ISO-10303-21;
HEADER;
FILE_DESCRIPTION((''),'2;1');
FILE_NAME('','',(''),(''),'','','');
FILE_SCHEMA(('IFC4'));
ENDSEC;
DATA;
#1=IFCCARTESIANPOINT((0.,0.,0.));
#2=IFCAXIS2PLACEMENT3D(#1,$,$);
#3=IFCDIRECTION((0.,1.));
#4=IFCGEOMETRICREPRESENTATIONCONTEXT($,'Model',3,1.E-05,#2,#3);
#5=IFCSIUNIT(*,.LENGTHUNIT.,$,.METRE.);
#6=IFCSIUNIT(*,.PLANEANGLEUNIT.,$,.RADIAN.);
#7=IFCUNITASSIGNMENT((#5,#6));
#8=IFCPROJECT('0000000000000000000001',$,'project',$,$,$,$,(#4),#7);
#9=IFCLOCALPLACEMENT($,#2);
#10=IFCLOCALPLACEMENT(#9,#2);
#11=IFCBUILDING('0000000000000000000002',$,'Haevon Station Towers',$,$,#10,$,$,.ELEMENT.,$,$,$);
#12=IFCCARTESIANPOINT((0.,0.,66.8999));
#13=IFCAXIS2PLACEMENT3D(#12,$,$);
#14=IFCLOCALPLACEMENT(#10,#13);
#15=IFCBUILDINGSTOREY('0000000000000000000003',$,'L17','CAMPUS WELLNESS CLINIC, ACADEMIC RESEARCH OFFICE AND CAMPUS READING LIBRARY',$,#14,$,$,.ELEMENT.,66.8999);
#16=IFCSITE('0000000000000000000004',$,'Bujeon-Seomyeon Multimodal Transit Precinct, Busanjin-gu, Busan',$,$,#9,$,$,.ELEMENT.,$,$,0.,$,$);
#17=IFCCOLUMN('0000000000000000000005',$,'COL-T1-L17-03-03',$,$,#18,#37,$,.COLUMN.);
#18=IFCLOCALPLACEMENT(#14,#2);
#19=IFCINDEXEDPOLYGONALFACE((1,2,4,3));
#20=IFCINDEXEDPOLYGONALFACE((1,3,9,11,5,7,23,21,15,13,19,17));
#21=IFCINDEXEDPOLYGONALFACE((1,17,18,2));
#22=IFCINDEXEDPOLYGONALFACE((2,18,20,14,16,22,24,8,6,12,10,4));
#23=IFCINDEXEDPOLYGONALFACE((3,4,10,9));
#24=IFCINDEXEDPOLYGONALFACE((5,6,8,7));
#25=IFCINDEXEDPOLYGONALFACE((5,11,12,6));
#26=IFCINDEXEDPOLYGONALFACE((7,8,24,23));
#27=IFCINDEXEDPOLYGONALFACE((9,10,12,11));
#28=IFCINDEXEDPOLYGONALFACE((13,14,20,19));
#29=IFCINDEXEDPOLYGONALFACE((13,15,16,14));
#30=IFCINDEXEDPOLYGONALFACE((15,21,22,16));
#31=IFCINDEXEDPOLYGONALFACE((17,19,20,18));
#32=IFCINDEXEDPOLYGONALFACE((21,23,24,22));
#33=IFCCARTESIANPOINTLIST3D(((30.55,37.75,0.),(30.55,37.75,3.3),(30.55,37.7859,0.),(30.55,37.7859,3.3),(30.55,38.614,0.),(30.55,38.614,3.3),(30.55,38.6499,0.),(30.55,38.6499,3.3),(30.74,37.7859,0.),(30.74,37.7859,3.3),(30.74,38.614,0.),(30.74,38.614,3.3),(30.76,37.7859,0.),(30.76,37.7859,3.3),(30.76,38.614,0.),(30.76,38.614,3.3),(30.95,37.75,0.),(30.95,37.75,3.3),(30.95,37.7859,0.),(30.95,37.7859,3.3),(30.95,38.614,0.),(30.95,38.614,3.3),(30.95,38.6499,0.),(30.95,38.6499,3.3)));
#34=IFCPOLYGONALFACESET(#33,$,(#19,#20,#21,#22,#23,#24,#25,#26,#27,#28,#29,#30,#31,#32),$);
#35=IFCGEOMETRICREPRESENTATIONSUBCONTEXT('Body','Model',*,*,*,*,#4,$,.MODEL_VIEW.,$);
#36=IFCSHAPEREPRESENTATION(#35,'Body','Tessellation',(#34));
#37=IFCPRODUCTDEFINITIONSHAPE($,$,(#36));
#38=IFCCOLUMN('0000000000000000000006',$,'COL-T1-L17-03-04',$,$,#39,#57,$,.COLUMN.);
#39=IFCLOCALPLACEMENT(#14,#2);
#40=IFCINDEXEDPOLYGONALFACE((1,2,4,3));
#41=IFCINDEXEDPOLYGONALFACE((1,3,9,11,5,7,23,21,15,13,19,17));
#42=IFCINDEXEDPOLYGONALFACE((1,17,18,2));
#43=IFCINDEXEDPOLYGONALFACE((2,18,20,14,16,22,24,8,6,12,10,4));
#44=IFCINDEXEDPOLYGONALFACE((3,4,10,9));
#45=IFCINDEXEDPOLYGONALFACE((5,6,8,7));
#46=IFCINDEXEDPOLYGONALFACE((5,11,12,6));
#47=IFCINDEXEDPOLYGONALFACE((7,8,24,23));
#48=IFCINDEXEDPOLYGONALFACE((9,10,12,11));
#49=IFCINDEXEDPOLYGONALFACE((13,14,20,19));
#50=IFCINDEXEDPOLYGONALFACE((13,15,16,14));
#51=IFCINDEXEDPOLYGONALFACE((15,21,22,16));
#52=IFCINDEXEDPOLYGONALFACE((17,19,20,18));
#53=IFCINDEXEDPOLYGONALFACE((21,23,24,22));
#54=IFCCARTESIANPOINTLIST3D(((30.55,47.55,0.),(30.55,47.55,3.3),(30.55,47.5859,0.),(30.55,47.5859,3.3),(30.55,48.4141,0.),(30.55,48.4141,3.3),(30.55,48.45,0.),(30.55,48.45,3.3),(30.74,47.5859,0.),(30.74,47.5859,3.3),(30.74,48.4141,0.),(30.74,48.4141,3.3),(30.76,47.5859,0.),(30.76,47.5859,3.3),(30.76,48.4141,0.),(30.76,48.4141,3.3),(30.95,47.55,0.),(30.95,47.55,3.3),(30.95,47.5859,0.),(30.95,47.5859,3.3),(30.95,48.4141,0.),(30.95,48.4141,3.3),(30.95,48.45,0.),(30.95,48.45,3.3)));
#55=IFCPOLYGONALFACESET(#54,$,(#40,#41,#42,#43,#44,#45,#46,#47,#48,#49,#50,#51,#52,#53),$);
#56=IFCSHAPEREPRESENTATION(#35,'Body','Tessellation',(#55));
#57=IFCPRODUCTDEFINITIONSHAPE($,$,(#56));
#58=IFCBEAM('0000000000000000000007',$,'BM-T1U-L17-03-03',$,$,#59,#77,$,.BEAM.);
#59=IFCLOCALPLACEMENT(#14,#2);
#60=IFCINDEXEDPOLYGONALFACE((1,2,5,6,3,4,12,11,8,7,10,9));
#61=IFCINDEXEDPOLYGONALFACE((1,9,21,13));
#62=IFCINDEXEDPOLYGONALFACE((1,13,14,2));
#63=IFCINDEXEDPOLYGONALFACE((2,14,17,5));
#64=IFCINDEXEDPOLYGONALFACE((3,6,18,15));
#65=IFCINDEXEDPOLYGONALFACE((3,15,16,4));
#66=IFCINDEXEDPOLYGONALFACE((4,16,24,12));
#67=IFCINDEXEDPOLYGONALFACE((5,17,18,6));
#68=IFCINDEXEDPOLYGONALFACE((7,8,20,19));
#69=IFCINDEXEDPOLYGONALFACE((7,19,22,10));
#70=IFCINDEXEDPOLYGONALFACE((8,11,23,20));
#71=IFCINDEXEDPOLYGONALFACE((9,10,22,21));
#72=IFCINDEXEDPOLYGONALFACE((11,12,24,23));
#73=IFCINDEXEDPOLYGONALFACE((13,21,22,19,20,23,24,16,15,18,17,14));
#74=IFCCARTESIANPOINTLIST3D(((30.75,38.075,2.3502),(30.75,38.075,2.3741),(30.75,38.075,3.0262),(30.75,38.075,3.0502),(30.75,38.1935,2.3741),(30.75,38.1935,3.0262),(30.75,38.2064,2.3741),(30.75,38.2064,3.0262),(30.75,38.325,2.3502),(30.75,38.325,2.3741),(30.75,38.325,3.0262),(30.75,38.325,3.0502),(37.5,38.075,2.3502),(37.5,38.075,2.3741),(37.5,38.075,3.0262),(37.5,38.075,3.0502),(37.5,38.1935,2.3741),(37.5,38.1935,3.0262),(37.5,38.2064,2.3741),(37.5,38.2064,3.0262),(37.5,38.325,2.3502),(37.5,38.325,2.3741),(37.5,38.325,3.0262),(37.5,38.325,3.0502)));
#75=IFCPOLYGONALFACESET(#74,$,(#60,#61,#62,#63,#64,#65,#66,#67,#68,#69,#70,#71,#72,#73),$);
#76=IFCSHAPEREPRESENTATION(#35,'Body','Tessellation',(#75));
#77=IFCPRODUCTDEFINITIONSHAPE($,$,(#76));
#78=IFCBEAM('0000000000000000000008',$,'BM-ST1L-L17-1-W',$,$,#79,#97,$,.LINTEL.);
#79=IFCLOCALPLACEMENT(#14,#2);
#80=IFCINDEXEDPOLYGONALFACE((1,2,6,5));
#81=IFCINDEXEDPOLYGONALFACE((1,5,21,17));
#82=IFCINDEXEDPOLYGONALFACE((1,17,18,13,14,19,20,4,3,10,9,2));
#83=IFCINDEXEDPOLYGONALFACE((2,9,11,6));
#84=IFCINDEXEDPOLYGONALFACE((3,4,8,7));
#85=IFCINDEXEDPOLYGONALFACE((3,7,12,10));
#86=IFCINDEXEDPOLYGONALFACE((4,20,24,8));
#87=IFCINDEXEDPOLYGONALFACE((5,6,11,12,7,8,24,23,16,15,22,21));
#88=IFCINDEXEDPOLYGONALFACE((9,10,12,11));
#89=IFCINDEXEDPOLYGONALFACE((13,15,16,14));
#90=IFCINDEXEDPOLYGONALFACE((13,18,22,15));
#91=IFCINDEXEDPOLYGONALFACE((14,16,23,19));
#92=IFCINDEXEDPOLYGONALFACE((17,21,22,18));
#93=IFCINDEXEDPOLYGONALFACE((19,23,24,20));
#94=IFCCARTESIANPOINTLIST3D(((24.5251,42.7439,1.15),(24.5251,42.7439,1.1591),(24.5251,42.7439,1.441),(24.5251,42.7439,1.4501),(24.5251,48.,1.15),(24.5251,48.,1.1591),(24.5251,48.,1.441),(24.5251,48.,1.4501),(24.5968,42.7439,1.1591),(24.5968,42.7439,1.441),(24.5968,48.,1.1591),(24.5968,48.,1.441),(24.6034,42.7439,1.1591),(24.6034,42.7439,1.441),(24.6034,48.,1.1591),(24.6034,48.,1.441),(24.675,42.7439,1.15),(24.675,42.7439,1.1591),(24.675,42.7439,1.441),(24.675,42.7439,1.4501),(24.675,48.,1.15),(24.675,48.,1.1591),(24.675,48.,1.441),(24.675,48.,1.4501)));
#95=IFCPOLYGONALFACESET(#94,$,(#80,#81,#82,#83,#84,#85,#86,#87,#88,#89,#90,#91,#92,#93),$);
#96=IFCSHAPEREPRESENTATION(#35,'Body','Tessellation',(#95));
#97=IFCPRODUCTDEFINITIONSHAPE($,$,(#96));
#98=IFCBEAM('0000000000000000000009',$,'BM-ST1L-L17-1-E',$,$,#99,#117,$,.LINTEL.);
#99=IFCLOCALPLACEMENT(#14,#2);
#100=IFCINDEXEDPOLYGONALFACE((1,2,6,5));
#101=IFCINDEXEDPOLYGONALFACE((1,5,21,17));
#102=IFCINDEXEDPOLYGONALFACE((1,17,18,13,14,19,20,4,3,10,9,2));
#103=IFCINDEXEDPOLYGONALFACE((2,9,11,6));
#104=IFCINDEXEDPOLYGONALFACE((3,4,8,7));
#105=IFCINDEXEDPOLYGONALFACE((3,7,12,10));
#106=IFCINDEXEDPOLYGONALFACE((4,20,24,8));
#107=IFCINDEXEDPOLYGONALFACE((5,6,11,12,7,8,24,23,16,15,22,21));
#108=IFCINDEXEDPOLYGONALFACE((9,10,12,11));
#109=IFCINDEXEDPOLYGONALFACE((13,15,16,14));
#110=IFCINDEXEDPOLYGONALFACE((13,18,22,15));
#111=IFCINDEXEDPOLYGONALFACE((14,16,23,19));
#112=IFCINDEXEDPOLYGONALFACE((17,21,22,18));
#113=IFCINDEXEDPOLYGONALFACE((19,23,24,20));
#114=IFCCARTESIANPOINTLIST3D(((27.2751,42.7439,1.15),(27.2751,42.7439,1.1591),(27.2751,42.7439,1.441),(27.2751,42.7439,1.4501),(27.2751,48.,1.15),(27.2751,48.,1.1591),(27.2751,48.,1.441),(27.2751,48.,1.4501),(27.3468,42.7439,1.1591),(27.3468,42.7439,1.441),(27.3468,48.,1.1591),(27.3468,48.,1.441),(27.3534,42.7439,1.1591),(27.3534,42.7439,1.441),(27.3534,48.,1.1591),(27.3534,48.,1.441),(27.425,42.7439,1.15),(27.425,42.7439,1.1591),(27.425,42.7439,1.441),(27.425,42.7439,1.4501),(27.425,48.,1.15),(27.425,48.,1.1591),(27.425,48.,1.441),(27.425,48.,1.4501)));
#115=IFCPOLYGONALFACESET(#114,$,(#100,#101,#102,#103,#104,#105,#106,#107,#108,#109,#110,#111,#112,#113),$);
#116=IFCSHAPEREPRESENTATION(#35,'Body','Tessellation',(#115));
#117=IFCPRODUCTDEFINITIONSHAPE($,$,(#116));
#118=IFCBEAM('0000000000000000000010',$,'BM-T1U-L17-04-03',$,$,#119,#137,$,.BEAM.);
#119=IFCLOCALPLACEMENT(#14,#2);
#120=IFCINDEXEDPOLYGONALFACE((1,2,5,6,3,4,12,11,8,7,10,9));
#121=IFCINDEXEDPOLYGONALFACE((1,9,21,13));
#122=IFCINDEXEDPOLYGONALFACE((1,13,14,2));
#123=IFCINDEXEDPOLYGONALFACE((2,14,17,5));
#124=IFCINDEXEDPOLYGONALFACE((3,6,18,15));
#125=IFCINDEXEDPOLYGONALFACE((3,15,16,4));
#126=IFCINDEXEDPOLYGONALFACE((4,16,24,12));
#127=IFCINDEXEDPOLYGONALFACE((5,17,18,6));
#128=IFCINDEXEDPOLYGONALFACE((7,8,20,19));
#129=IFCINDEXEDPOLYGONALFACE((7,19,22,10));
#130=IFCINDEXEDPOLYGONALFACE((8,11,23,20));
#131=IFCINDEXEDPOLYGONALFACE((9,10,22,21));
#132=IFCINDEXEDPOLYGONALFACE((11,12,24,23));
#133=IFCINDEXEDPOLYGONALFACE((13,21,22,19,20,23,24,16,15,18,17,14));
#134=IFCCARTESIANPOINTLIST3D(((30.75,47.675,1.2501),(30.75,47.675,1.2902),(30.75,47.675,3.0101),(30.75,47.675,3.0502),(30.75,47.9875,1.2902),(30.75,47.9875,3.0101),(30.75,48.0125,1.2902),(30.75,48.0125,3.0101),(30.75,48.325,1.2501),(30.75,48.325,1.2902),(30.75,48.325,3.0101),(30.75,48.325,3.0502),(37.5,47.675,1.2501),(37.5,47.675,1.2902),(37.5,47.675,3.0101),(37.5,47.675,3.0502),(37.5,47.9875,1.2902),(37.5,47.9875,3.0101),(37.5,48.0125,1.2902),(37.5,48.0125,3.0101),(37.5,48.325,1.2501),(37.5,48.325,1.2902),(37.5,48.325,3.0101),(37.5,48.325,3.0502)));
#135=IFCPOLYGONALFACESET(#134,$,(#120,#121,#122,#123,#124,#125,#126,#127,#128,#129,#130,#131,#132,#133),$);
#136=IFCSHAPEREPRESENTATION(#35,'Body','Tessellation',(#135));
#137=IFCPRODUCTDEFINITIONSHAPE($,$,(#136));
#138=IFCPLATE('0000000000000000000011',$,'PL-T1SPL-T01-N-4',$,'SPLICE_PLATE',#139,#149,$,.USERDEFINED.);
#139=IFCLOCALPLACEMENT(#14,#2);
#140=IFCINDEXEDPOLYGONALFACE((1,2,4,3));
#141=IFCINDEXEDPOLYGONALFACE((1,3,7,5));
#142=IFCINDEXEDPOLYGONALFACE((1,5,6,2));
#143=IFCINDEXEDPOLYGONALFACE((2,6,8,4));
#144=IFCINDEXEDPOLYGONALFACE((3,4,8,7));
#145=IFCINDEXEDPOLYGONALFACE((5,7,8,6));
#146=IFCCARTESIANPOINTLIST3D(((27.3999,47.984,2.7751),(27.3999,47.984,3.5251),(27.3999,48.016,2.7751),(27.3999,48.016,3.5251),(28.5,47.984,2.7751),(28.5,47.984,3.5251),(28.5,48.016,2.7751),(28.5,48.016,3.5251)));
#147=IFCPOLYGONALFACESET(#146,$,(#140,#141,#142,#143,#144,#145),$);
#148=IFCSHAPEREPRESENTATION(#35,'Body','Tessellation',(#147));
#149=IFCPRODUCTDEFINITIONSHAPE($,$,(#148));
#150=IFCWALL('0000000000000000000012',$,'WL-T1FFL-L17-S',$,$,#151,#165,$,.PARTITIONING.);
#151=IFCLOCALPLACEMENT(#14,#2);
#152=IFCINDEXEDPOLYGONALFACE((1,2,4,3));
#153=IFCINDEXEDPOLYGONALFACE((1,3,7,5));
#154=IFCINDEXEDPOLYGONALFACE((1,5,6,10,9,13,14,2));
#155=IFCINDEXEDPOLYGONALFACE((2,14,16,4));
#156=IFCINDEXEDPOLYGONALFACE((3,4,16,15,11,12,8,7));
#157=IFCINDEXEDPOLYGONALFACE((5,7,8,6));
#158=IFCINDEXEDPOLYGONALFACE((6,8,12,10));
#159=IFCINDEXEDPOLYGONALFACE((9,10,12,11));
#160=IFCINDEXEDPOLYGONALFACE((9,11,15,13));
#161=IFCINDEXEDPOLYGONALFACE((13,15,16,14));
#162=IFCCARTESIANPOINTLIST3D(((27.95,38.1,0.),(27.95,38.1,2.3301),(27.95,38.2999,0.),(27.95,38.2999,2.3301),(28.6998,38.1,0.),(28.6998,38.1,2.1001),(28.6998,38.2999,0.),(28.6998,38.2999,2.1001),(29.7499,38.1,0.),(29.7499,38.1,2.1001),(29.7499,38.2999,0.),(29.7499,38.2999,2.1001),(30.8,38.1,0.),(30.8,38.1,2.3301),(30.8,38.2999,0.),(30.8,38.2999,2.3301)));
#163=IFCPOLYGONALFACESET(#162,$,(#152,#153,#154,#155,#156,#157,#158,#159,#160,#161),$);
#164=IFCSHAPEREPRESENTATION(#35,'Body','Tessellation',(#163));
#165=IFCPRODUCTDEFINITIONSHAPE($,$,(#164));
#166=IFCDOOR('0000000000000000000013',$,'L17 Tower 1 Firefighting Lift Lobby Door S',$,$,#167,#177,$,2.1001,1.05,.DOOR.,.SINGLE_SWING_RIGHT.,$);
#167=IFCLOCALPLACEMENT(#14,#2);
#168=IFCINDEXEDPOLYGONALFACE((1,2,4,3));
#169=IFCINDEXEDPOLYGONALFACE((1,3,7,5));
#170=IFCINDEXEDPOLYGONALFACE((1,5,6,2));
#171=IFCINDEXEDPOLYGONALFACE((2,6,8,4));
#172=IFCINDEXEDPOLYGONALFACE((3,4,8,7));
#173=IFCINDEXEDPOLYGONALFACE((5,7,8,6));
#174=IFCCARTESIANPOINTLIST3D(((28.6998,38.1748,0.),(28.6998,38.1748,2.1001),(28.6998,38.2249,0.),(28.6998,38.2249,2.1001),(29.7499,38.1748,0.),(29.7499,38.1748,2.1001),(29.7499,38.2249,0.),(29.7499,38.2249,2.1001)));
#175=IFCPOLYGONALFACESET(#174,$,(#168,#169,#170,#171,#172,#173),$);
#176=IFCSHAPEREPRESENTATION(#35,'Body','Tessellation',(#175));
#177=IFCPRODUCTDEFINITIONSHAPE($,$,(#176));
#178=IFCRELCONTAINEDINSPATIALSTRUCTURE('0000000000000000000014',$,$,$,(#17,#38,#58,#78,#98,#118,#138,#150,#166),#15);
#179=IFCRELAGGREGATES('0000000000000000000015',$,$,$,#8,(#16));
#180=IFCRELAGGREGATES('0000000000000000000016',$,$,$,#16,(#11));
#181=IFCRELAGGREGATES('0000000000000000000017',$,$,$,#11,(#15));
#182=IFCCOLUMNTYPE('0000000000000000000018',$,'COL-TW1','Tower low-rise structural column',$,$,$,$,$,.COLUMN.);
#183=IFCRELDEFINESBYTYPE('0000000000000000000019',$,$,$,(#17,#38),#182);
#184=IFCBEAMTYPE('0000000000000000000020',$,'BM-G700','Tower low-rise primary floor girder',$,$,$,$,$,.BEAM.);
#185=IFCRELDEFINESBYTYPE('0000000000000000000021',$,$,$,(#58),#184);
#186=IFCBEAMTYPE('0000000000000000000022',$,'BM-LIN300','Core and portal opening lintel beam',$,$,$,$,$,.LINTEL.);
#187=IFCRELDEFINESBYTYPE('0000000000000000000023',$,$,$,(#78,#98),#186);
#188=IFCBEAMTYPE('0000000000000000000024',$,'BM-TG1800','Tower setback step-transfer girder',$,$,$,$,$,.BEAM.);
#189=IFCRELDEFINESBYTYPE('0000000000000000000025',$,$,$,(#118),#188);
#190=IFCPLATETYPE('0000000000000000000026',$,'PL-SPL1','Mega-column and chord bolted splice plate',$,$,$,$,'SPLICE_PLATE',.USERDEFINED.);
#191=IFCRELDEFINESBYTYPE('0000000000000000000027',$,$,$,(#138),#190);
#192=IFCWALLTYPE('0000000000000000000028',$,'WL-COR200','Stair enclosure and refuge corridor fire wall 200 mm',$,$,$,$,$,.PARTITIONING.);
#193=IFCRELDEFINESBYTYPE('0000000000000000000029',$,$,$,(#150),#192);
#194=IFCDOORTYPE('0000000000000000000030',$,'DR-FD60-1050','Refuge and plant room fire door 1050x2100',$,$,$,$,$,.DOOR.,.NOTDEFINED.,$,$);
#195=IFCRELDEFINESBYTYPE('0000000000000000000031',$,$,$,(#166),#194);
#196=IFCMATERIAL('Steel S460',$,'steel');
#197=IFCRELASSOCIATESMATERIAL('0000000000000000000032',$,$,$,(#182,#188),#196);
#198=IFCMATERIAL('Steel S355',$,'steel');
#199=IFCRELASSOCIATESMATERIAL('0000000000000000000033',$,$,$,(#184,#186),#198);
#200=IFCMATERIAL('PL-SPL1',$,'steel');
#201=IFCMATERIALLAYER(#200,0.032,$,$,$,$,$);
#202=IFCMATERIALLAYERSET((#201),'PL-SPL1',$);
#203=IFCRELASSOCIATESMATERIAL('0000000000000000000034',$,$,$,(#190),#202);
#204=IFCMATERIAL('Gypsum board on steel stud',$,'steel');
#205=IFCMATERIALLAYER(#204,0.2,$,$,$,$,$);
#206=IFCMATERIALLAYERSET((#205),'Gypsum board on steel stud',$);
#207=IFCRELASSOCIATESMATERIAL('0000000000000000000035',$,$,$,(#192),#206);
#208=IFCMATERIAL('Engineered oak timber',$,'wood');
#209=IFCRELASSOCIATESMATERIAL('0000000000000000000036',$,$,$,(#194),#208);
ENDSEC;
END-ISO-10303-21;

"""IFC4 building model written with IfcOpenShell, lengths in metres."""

from ifc_helpers import new_model, si_unit, direction, frame, frame_2d, origin, origin_2d, place, context, subcontext, project, spatial, rectangle, i_section, extrude, material, layer, layer_set, material_profile, profile_set, type_object, element, fill, save


model = new_model("IFC4")

# Units and contexts
model_context = context("Model", 3, precision=1e-05, world=origin(), true_north=direction((0.0, 1.0)))
body_context = subcontext(model_context, "Body", "Model", "MODEL_VIEW")
ifc_project = project(units=[si_unit("LENGTHUNIT", "METRE"), si_unit("PLANEANGLEUNIT", "RADIAN")], contexts=[model_context])

# Site, building, storey
site_placement = place(None, origin())
site = spatial("IfcSite", under=ifc_project, at=site_placement, Name="Bujeon-Seomyeon Multimodal Transit Precinct, Busanjin-gu, Busan", CompositionType="ELEMENT", RefElevation=0.0)
building_placement = place(site_placement, origin())
building = spatial("IfcBuilding", under=site, at=building_placement, Name="Haevon Station Towers", CompositionType="ELEMENT")
storey_placement = place(building_placement, frame((0.0, 0.0, 66.8999)))
storey = spatial("IfcBuildingStorey", under=building, at=storey_placement, Name="L17", Description="CAMPUS WELLNESS CLINIC, ACADEMIC RESEARCH OFFICE AND CAMPUS READING LIBRARY", CompositionType="ELEMENT", Elevation=66.8999)

# Columns
ifc_material_1 = material(Name="Steel S460", Category="steel")
ifc_material_profile_1 = material_profile(ifc_material_1, i_section(OverallWidth=0.3999, OverallDepth=0.8999, WebThickness=0.02, FlangeThickness=0.0359, at=origin_2d()), Name="H-900x400x20x36")
ifc_profile_set_1 = profile_set([ifc_material_profile_1], Name="Steel S460")
column_type = type_object("IfcColumnType", Name="COL-TW1", Description="Tower low-rise structural column", PredefinedType="COLUMN", material=ifc_profile_set_1)
for number, where, z_axis, x_axis, name in (
    (1, (30.75, 38.2, 0.0), (0.0, 0.0, 1.0), (1.0, 0.0, 0.0), "COL-T1-L17-03-03"),
    (2, (30.75, 48.0, 0.0), (0.0, 0.0, 1.0), (1.0, 0.0, 0.0), "COL-T1-L17-03-04"),
):
    element("IfcColumn", number, at=place(storey_placement, frame(where, z_axis=z_axis, x_axis=x_axis)), inside=storey, type_object=column_type, Name=name, PredefinedType="COLUMN", context=body_context, shape_type="SweptSolid", body=[
        extrude(i_section(OverallWidth=0.3999, OverallDepth=0.8999, WebThickness=0.02, FlangeThickness=0.0359, at=origin_2d()), origin(), (0.0, 0.0, 1.0), 3.3),
    ])

# Beams
ifc_material_2 = material(Name="Steel S355", Category="steel")
ifc_material_profile_2 = material_profile(ifc_material_2, i_section(OverallWidth=0.25, OverallDepth=0.7, WebThickness=0.0129, FlangeThickness=0.0239, at=origin_2d()), Name="H-700x250x13x24")
ifc_profile_set_2 = profile_set([ifc_material_profile_2], Name="Steel S355")
beam_type_1 = type_object("IfcBeamType", Name="BM-G700", Description="Tower low-rise primary floor girder", PredefinedType="BEAM", material=ifc_profile_set_2)
beam_1_placement = place(storey_placement, frame((30.75, 38.2, 2.7002), z_axis=(1.0, 0.0, 0.0), x_axis=(0.0, 1.0, 0.0)))
element("IfcBeam", 3, at=beam_1_placement, inside=storey, type_object=beam_type_1, Name="BM-T1U-L17-03-03", PredefinedType="BEAM", context=body_context, shape_type="SweptSolid", body=[
    extrude(i_section(OverallWidth=0.25, OverallDepth=0.7, WebThickness=0.0129, FlangeThickness=0.0239, at=origin_2d()), origin(), (0.0, 0.0, 1.0), 6.75),
])
ifc_material_profile_3 = material_profile(ifc_material_2, i_section(OverallWidth=0.1499, OverallDepth=0.3, WebThickness=0.0066, FlangeThickness=0.009, at=origin_2d()), Name="H-300x150x6.5x9")
ifc_profile_set_3 = profile_set([ifc_material_profile_3], Name="Steel S355")
beam_type_2 = type_object("IfcBeamType", Name="BM-LIN300", Description="Core and portal opening lintel beam", PredefinedType="LINTEL", material=ifc_profile_set_3)
for number, where, z_axis, x_axis, name in (
    (4, (24.6001, 42.7439, 1.3), (0.0, 1.0, 0.0), (-1.0, 0.0, 0.0), "BM-ST1L-L17-1-W"),
    (5, (27.3501, 42.7439, 1.3), (0.0, 1.0, 0.0), (-1.0, 0.0, 0.0), "BM-ST1L-L17-1-E"),
):
    element("IfcBeam", number, at=place(storey_placement, frame(where, z_axis=z_axis, x_axis=x_axis)), inside=storey, type_object=beam_type_2, Name=name, PredefinedType="LINTEL", context=body_context, shape_type="SweptSolid", body=[
        extrude(i_section(OverallWidth=0.1499, OverallDepth=0.3, WebThickness=0.0066, FlangeThickness=0.009, at=origin_2d()), origin(), (0.0, 0.0, 1.0), 5.2561),
    ])
ifc_material_profile_4 = material_profile(ifc_material_1, i_section(OverallWidth=0.6499, OverallDepth=1.8, WebThickness=0.0249, FlangeThickness=0.04, at=origin_2d()), Name="H-1800x650x25x40")
ifc_profile_set_4 = profile_set([ifc_material_profile_4], Name="Steel S460")
beam_type_3 = type_object("IfcBeamType", Name="BM-TG1800", Description="Tower setback step-transfer girder", PredefinedType="BEAM", material=ifc_profile_set_4)
beam_2_placement = place(storey_placement, frame((30.75, 48.0, 2.1501), z_axis=(1.0, 0.0, 0.0), x_axis=(0.0, 1.0, 0.0)))
element("IfcBeam", 6, at=beam_2_placement, inside=storey, type_object=beam_type_3, Name="BM-T1U-L17-04-03", PredefinedType="BEAM", context=body_context, shape_type="SweptSolid", body=[
    extrude(i_section(OverallWidth=0.6499, OverallDepth=1.8, WebThickness=0.0249, FlangeThickness=0.04, at=origin_2d()), origin(), (0.0, 0.0, 1.0), 6.75),
])

# Plate
ifc_material_3 = material(Name="PL-SPL1", Category="steel")
ifc_layer_1 = layer(ifc_material_3, 0.032)
ifc_layer_set_1 = layer_set([ifc_layer_1], Name="PL-SPL1")
plate_type = type_object("IfcPlateType", Name="PL-SPL1", Description="Mega-column and chord bolted splice plate", ElementType="SPLICE_PLATE", PredefinedType="USERDEFINED", material=ifc_layer_set_1)
plate_placement = place(storey_placement, frame((27.95, 48.0, 2.7751), z_axis=(0.0, 0.0, 1.0), x_axis=(1.0, 0.0, 0.0)))
element("IfcPlate", 7, at=plate_placement, inside=storey, type_object=plate_type, Name="PL-T1SPL-T01-N-4", ObjectType="SPLICE_PLATE", PredefinedType="USERDEFINED", context=body_context, shape_type="SweptSolid", body=[
    extrude(rectangle(XDim=1.1001, YDim=0.032, at=origin_2d()), origin(), (0.0, 0.0, 1.0), 0.75),
])

# Wall, opening, door
ifc_material_4 = material(Name="Gypsum board on steel stud", Category="steel")
ifc_layer_2 = layer(ifc_material_4, 0.2)
ifc_layer_set_2 = layer_set([ifc_layer_2], Name="Gypsum board on steel stud")
wall_type_1 = type_object("IfcWallType", Name="WL-COR200", Description="Stair enclosure and refuge corridor fire wall 200 mm", PredefinedType="PARTITIONING", material=ifc_layer_set_2)
wall_1_placement = place(storey_placement, frame((27.95, 38.2, 0.0), z_axis=(0.0, 0.0, 1.0), x_axis=(1.0, 0.0, 0.0)))
wall_1 = element("IfcWall", 8, at=wall_1_placement, inside=storey, type_object=wall_type_1, Name="WL-T1FFL-L17-S", PredefinedType="PARTITIONING", context=body_context, shape_type="SweptSolid", body=[
    extrude(rectangle(XDim=2.8501, YDim=0.2, at=frame_2d((1.425, 0.0))), origin(), (0.0, 0.0, 1.0), 2.3301),
])
opening_1_placement = place(wall_1_placement, frame((0.75, 0.0, 0.0)))
opening_1 = element("IfcOpeningElement", 9, at=opening_1_placement, cuts=wall_1, PredefinedType="OPENING", context=body_context, shape_type="SweptSolid", body=[
    extrude(rectangle(XDim=1.05, YDim=2.1001, at=frame_2d((0.5249, 1.05))), frame((0.0, 0.1099, 0.0), z_axis=(0.0, -1.0, 0.0), x_axis=(1.0, 0.0, 0.0)), (0.0, 0.0, 1.0), 0.22),
])
ifc_material_5 = material(Name="Engineered oak timber", Category="wood")
door_type_1 = type_object("IfcDoorType", Name="DR-FD60-1050", Description="Refuge and plant room fire door 1050x2100", OperationType="NOTDEFINED", PredefinedType="DOOR", material=ifc_material_5)
door_1_placement = place(opening_1_placement, origin())
door_1 = element("IfcDoor", 10, at=door_1_placement, inside=storey, type_object=door_type_1, Name="L17 Tower 1 Firefighting Lift Lobby Door S", OperationType="SINGLE_SWING_RIGHT", OverallHeight=2.1001, OverallWidth=1.05, PredefinedType="DOOR", context=body_context, shape_type="SweptSolid", body=[
    extrude(rectangle(XDim=1.05, YDim=2.1001, at=frame_2d((0.5249, 1.05))), frame((0.0, 0.0249, 0.0), z_axis=(0.0, -1.0, 0.0), x_axis=(1.0, 0.0, 0.0)), (0.0, 0.0, 1.0), 0.05),
])
fill(opening_1, door_1)

save(model, "model.ifc")
